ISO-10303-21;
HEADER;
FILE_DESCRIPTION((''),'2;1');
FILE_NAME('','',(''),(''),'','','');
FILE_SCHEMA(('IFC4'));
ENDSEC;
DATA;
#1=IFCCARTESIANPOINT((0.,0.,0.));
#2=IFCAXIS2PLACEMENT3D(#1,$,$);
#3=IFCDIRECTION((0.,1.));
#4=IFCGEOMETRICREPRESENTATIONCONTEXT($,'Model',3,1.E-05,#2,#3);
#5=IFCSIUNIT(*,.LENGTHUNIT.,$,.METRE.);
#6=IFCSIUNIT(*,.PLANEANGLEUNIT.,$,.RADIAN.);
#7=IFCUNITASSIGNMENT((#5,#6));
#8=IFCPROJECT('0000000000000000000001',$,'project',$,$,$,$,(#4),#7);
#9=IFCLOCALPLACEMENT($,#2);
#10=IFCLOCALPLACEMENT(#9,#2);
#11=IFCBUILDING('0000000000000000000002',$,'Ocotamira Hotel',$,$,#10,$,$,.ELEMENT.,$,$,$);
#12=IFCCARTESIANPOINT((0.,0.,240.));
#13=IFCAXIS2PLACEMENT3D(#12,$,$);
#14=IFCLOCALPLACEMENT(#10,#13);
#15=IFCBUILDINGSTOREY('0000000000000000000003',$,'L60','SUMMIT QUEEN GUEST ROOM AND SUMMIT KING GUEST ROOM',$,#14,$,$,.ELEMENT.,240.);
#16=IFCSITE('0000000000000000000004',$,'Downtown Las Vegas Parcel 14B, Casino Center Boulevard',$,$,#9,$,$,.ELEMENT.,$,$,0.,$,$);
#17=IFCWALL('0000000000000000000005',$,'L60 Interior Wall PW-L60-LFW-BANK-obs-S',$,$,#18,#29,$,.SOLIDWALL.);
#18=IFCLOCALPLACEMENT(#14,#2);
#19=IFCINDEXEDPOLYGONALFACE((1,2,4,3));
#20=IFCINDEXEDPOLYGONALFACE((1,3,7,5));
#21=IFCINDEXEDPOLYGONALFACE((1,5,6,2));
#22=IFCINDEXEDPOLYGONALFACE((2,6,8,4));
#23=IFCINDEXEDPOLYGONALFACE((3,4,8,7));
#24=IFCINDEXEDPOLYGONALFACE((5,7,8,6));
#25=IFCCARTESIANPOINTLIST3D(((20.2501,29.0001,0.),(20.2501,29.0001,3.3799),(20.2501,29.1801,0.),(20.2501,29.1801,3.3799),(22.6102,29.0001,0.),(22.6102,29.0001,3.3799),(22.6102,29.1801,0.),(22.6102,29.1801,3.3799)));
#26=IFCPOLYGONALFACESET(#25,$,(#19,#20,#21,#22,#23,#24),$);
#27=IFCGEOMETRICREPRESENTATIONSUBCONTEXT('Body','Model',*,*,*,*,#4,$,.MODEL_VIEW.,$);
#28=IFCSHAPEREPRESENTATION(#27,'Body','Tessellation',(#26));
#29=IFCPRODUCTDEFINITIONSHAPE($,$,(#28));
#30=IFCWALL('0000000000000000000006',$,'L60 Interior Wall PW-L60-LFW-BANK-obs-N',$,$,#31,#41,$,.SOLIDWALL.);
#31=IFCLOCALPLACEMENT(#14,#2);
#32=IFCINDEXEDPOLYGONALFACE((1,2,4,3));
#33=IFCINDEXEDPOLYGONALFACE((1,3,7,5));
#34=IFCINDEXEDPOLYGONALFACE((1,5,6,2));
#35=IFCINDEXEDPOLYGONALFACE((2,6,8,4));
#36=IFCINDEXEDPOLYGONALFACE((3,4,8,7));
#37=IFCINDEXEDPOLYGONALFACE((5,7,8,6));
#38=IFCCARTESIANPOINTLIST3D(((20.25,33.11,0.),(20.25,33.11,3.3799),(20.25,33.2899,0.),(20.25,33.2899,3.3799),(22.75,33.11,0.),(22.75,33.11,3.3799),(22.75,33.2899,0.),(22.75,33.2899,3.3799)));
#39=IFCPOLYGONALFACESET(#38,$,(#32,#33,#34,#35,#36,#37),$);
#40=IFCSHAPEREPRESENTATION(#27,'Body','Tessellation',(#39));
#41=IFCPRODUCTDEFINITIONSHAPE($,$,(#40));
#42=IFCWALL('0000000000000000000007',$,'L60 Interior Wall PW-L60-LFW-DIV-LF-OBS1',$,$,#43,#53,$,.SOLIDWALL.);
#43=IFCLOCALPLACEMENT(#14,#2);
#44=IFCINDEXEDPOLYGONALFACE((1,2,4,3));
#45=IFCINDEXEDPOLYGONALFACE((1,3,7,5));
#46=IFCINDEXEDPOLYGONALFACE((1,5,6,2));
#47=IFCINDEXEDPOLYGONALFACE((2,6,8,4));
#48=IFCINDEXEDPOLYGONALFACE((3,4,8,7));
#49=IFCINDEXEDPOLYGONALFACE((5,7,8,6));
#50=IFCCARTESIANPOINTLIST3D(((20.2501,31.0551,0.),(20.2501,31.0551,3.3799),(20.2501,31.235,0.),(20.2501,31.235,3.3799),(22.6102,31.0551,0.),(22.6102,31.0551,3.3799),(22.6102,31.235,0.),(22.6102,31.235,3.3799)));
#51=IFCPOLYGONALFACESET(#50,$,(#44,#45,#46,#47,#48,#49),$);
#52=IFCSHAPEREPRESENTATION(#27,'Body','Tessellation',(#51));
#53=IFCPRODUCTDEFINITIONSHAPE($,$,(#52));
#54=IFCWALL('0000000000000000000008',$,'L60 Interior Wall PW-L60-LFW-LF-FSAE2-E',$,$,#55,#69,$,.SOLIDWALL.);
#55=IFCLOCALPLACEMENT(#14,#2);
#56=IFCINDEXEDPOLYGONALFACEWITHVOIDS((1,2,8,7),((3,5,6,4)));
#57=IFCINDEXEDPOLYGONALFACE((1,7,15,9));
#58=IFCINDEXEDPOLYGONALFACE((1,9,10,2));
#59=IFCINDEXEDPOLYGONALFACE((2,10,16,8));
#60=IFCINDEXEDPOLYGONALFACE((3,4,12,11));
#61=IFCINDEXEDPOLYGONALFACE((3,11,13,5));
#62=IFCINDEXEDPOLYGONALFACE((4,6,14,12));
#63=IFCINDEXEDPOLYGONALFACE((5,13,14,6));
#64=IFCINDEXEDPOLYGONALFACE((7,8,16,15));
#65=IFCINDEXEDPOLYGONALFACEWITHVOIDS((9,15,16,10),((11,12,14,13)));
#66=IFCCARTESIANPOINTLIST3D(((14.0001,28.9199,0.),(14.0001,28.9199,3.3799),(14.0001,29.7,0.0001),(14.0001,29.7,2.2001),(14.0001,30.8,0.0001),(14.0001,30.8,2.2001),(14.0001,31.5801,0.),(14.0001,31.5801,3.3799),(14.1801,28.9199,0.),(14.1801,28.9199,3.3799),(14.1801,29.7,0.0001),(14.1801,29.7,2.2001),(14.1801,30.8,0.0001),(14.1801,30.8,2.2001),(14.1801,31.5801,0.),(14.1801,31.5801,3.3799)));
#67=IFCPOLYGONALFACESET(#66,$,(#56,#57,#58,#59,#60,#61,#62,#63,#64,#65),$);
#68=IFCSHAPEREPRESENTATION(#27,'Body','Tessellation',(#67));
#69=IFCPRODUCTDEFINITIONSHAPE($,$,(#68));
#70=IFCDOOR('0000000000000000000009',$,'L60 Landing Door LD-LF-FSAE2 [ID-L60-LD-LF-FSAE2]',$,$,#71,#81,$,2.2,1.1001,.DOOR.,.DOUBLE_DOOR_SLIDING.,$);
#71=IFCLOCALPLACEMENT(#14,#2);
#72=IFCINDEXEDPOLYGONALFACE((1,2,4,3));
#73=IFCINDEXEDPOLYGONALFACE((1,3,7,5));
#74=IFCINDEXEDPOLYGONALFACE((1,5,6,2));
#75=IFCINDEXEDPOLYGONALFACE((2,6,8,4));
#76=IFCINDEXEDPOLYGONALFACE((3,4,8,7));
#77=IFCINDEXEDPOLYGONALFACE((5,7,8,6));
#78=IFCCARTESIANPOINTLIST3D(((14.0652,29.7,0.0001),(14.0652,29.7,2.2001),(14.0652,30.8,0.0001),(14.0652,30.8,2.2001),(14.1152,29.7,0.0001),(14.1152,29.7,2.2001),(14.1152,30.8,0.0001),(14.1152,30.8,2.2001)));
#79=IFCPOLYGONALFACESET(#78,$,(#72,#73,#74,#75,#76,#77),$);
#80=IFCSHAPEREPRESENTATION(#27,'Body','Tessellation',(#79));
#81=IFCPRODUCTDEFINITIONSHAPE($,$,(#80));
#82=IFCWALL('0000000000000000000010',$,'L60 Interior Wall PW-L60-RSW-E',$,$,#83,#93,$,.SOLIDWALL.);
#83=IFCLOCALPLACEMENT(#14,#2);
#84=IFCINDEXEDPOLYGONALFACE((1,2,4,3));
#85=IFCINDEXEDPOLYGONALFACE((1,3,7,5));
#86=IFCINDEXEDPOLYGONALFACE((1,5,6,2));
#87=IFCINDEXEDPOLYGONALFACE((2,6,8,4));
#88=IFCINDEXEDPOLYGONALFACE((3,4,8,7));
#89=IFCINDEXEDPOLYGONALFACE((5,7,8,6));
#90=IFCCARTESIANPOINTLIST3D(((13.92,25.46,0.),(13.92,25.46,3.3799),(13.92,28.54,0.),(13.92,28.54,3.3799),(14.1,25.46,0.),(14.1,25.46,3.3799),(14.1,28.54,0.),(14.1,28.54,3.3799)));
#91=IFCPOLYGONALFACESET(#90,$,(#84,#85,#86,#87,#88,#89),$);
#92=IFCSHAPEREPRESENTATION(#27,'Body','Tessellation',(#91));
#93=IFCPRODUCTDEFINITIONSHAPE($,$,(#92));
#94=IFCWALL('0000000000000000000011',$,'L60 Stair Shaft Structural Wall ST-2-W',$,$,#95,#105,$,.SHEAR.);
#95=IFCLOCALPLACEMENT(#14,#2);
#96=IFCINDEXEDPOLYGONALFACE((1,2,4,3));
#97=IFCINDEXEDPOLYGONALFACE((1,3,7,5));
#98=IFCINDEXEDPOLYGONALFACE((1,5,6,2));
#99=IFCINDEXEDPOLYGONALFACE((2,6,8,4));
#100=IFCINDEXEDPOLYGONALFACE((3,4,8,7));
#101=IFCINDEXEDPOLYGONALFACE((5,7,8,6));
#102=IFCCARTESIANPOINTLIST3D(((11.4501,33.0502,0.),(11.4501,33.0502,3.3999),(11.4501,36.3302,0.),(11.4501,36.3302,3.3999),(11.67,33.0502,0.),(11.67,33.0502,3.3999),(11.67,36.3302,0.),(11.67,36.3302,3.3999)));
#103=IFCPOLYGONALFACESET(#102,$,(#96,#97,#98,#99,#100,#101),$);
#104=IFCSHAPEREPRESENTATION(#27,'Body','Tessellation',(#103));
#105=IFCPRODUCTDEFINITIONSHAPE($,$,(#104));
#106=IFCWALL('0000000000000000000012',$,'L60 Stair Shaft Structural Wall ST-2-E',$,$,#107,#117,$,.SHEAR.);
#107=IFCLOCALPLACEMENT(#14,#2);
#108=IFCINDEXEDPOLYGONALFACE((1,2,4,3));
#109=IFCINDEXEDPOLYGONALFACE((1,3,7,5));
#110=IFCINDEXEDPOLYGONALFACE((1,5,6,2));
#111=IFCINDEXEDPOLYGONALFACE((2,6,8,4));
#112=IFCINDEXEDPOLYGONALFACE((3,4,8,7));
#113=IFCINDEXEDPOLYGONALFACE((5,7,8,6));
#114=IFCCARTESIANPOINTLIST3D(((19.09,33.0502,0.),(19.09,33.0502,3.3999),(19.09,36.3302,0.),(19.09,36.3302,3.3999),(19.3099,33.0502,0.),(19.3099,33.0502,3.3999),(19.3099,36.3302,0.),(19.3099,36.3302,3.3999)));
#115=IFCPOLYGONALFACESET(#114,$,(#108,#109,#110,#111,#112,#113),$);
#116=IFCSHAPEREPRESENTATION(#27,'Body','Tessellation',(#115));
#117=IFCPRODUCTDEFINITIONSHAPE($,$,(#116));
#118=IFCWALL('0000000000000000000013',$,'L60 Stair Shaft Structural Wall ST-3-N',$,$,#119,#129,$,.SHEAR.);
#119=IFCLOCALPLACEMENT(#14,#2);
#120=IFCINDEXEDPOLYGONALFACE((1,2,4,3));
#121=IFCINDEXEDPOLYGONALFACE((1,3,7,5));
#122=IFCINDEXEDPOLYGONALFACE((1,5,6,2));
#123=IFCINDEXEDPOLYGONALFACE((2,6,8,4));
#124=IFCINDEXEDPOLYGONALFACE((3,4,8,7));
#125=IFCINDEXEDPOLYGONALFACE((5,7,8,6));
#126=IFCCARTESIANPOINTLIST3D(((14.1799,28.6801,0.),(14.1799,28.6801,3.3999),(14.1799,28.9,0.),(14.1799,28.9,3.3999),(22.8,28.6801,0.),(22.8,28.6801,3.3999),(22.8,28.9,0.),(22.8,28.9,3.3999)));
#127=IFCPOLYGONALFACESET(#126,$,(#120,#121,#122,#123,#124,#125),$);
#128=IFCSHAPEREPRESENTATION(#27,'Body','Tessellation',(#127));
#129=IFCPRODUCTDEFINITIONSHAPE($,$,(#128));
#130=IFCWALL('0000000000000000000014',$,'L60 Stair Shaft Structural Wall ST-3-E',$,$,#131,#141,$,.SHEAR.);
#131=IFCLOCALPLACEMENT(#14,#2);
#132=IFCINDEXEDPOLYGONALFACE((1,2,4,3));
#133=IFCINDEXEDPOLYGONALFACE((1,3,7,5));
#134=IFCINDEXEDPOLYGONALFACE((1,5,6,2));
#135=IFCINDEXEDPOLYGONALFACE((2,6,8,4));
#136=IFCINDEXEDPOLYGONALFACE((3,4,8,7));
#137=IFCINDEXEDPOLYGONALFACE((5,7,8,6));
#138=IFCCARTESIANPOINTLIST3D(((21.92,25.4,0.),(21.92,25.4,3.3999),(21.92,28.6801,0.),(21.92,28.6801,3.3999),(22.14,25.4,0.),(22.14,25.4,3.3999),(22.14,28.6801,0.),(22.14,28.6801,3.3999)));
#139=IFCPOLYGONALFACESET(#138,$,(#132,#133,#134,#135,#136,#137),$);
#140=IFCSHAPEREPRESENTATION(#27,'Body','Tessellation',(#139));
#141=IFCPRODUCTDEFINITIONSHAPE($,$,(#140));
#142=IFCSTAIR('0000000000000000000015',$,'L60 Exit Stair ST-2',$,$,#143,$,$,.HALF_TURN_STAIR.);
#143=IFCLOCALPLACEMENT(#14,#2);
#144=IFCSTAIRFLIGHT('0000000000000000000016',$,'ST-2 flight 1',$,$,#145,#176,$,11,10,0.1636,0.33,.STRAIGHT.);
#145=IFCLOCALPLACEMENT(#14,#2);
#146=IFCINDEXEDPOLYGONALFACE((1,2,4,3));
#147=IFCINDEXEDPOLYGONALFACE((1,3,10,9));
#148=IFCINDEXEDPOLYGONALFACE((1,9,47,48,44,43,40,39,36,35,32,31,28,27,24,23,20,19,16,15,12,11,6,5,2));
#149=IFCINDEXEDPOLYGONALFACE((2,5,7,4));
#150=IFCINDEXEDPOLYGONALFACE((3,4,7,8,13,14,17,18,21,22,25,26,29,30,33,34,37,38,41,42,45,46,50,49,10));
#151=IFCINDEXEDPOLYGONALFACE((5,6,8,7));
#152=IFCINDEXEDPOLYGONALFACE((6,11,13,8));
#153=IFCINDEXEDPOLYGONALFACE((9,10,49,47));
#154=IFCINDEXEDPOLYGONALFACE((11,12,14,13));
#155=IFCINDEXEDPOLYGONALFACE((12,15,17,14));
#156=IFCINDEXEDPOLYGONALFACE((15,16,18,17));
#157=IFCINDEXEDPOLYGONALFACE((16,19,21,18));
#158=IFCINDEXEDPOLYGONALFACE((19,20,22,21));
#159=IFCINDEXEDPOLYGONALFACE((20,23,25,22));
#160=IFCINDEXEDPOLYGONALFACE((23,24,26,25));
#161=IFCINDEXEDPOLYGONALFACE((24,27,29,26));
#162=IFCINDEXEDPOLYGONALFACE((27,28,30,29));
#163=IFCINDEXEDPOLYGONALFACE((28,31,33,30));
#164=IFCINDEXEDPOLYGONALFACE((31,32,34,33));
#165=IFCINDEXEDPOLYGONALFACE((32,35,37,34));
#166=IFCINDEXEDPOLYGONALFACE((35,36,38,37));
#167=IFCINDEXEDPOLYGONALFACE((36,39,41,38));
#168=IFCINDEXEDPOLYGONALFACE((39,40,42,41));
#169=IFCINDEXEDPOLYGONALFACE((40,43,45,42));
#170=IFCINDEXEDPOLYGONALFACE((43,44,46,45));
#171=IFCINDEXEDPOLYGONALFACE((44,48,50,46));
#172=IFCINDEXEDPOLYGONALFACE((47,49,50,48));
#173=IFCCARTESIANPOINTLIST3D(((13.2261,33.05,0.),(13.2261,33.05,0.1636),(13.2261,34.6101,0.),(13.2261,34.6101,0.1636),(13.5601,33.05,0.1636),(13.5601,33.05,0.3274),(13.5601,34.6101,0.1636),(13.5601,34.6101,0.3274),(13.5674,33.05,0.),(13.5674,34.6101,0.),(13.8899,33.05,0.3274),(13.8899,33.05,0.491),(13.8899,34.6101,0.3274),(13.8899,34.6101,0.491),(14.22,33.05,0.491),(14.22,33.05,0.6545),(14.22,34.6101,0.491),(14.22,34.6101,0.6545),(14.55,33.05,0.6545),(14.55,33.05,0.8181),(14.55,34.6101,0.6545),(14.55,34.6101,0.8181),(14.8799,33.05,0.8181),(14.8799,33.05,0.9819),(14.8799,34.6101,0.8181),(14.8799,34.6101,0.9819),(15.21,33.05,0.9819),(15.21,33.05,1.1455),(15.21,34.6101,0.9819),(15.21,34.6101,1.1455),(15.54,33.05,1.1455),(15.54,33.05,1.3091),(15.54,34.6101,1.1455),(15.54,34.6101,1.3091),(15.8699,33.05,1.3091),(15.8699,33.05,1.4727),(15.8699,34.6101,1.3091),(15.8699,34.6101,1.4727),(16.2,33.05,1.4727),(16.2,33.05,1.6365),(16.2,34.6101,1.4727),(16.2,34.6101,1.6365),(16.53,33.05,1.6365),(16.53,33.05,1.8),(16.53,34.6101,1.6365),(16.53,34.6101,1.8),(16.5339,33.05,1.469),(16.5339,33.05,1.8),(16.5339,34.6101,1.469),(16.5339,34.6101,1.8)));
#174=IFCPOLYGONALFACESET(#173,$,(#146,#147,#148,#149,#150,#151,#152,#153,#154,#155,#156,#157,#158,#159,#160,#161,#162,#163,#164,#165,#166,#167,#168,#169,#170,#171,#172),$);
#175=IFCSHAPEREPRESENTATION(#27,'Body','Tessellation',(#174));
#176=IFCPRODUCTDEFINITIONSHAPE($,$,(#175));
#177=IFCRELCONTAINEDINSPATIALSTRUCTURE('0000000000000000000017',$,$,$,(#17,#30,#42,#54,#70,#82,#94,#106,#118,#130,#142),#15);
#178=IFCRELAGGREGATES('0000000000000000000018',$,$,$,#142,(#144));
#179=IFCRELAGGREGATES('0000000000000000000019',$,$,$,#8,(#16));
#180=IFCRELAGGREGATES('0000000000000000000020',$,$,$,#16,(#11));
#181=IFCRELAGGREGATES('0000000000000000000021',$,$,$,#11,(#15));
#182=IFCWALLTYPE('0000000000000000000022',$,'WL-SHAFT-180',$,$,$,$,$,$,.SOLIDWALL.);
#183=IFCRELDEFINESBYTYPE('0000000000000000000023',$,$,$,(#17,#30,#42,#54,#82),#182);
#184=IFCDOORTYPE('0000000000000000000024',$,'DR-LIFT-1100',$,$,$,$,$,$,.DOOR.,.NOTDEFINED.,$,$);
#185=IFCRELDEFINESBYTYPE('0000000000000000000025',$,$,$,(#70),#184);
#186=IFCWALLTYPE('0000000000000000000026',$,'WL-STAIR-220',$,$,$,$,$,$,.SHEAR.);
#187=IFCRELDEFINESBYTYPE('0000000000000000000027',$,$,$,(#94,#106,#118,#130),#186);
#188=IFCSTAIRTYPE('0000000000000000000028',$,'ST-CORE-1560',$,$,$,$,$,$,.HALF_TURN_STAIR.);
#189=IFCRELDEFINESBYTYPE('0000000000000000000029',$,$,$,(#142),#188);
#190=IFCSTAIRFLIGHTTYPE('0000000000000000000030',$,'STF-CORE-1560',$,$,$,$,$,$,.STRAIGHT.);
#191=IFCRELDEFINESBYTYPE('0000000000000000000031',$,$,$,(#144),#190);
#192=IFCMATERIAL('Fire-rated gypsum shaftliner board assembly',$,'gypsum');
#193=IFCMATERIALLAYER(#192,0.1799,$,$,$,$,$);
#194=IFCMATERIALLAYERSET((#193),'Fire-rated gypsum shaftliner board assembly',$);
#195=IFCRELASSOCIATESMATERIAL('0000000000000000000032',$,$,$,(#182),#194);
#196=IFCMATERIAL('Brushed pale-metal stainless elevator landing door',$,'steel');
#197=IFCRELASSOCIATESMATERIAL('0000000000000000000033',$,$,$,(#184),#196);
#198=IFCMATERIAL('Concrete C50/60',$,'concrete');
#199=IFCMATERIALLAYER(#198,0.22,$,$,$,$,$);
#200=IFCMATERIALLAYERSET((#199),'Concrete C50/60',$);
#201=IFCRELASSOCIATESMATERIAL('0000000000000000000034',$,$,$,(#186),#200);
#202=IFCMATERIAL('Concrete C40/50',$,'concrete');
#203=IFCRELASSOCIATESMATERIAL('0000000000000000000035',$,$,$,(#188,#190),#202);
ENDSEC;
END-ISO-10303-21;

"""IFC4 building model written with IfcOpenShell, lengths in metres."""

from ifc_helpers import new_model, si_unit, direction, frame, frame_2d, origin, place, context, subcontext, project, spatial, polyline, rectangle, outline, extrude, source, transform, mapped, material, layer, layer_set, type_object, element, fill, aggregate, save


model = new_model("IFC4")

# Units and contexts
model_context = context("Model", 3, precision=1e-05, world=origin(), true_north=direction((0.0, 1.0)))
body_context = subcontext(model_context, "Body", "Model", "MODEL_VIEW")
ifc_project = project(units=[si_unit("LENGTHUNIT", "METRE"), si_unit("PLANEANGLEUNIT", "RADIAN")], contexts=[model_context])

# Site, building, storey
site_placement = place(None, origin())
site = spatial("IfcSite", under=ifc_project, at=site_placement, Name="Downtown Las Vegas Parcel 14B, Casino Center Boulevard", CompositionType="ELEMENT", RefElevation=0.0)
building_placement = place(site_placement, origin())
building = spatial("IfcBuilding", under=site, at=building_placement, Name="Ocotamira Hotel", CompositionType="ELEMENT")
storey_placement = place(building_placement, frame((0.0, 0.0, 240.0)))
storey = spatial("IfcBuildingStorey", under=building, at=storey_placement, Name="L60", Description="SUMMIT QUEEN GUEST ROOM AND SUMMIT KING GUEST ROOM", CompositionType="ELEMENT", Elevation=240.0)

# Walls
ifc_material_1 = material(Name="Fire-rated gypsum shaftliner board assembly", Category="gypsum")
ifc_layer_1 = layer(ifc_material_1, 0.1799)
ifc_layer_set_1 = layer_set([ifc_layer_1], Name="Fire-rated gypsum shaftliner board assembly")
wall_type_1 = type_object("IfcWallType", Name="WL-SHAFT-180", PredefinedType="SOLIDWALL", material=ifc_layer_set_1)
wall_1_placement = place(storey_placement, frame((20.25, 29.0901, 0.0), z_axis=(0.0, 0.0, 1.0), x_axis=(1.0, 0.0, 0.0)))
element("IfcWall", 1, at=wall_1_placement, inside=storey, type_object=wall_type_1, Name="L60 Interior Wall PW-L60-LFW-BANK-obs-S", PredefinedType="SOLIDWALL", context=body_context, shape_type="SweptSolid", body=[
    extrude(rectangle(XDim=2.3601, YDim=0.1799, at=frame_2d((1.1802, 0.0))), origin(), (0.0, 0.0, 1.0), 3.3799),
])
wall_2_placement = place(storey_placement, frame((20.25, 33.2, 0.0), z_axis=(0.0, 0.0, 1.0), x_axis=(1.0, 0.0, 0.0)))
element("IfcWall", 2, at=wall_2_placement, inside=storey, type_object=wall_type_1, Name="L60 Interior Wall PW-L60-LFW-BANK-obs-N", PredefinedType="SOLIDWALL", context=body_context, shape_type="SweptSolid", body=[
    extrude(rectangle(XDim=2.5, YDim=0.1799, at=frame_2d((1.25, 0.0))), origin(), (0.0, 0.0, 1.0), 3.3799),
])
wall_3_placement = place(storey_placement, frame((20.25, 31.145, 0.0), z_axis=(0.0, 0.0, 1.0), x_axis=(1.0, 0.0, 0.0)))
element("IfcWall", 3, at=wall_3_placement, inside=storey, type_object=wall_type_1, Name="L60 Interior Wall PW-L60-LFW-DIV-LF-OBS1", PredefinedType="SOLIDWALL", context=body_context, shape_type="SweptSolid", body=[
    extrude(rectangle(XDim=2.3601, YDim=0.1799, at=frame_2d((1.1802, 0.0))), origin(), (0.0, 0.0, 1.0), 3.3799),
])

# Wall, opening, door
wall_4_placement = place(storey_placement, frame((14.0901, 28.9199, 0.0), z_axis=(0.0, 0.0, 1.0), x_axis=(0.0, 1.0, 0.0)))
wall_4 = element("IfcWall", 4, at=wall_4_placement, inside=storey, type_object=wall_type_1, Name="L60 Interior Wall PW-L60-LFW-LF-FSAE2-E", PredefinedType="SOLIDWALL", context=body_context, shape_type="SweptSolid", body=[
    extrude(rectangle(XDim=2.6602, YDim=0.1799, at=frame_2d((1.3301, 0.0))), origin(), (0.0, 0.0, 1.0), 3.3799),
])
opening_1_placement = place(wall_4_placement, frame((0.78, 0.0, 0.0)))
opening_1 = element("IfcOpeningElement", 5, at=opening_1_placement, cuts=wall_4, PredefinedType="OPENING", context=body_context, shape_type="SweptSolid", body=[
    extrude(rectangle(XDim=1.1001, YDim=2.2, at=frame_2d((0.55, 1.1001))), frame((0.0, 0.1001, 0.0), z_axis=(0.0, -1.0, 0.0), x_axis=(1.0, 0.0, 0.0)), (0.0, 0.0, 1.0), 0.2),
])
ifc_material_2 = material(Name="Brushed pale-metal stainless elevator landing door", Category="steel")
door_type_1 = type_object("IfcDoorType", Name="DR-LIFT-1100", OperationType="NOTDEFINED", PredefinedType="DOOR", material=ifc_material_2)
shared_shape_1 = source(origin(), body_context, "Body", "SweptSolid", [
    extrude(rectangle(XDim=1.1001, YDim=2.2, at=frame_2d((0.55, 1.1001))), frame((0.0, 0.0249, 0.0), z_axis=(0.0, -1.0, 0.0), x_axis=(1.0, 0.0, 0.0)), (0.0, 0.0, 1.0), 0.05),
])
door_1_placement = place(opening_1_placement, origin())
door_1 = element("IfcDoor", 6, at=door_1_placement, inside=storey, type_object=door_type_1, Name="L60 Landing Door LD-LF-FSAE2 [ID-L60-LD-LF-FSAE2]", OperationType="DOUBLE_DOOR_SLIDING", OverallHeight=2.2, OverallWidth=1.1001, PredefinedType="DOOR", context=body_context, shape_type="MappedRepresentation", body=[
    mapped(shared_shape_1, transform((0.0, 0.0, 0.0), scale=1.0)),
])
fill(opening_1, door_1)

# Walls
wall_5_placement = place(storey_placement, frame((14.01, 25.46, 0.0), z_axis=(0.0, 0.0, 1.0), x_axis=(0.0, 1.0, 0.0)))
element("IfcWall", 7, at=wall_5_placement, inside=storey, type_object=wall_type_1, Name="L60 Interior Wall PW-L60-RSW-E", PredefinedType="SOLIDWALL", context=body_context, shape_type="SweptSolid", body=[
    extrude(rectangle(XDim=3.0801, YDim=0.1799, at=frame_2d((1.54, 0.0))), origin(), (0.0, 0.0, 1.0), 3.3799),
])
ifc_material_3 = material(Name="Concrete C50/60", Category="concrete")
ifc_layer_2 = layer(ifc_material_3, 0.22)
ifc_layer_set_2 = layer_set([ifc_layer_2], Name="Concrete C50/60")
wall_type_2 = type_object("IfcWallType", Name="WL-STAIR-220", PredefinedType="SHEAR", material=ifc_layer_set_2)
for number, where, z_axis, x_axis, name in (
    (8, (11.5601, 33.05, 0.0), (0.0, 0.0, 1.0), (0.0, 1.0, 0.0), "L60 Stair Shaft Structural Wall ST-2-W"),
    (9, (19.2, 33.05, 0.0), (0.0, 0.0, 1.0), (0.0, 1.0, 0.0), "L60 Stair Shaft Structural Wall ST-2-E"),
):
    element("IfcWall", number, at=place(storey_placement, frame(where, z_axis=z_axis, x_axis=x_axis)), inside=storey, type_object=wall_type_2, Name=name, PredefinedType="SHEAR", context=body_context, shape_type="SweptSolid", body=[
        extrude(rectangle(XDim=3.28, YDim=0.22, at=frame_2d((1.6401, 0.0))), origin(), (0.0, 0.0, 1.0), 3.3999),
    ])
wall_6_placement = place(storey_placement, frame((14.1799, 28.79, 0.0), z_axis=(0.0, 0.0, 1.0), x_axis=(1.0, 0.0, 0.0)))
element("IfcWall", 10, at=wall_6_placement, inside=storey, type_object=wall_type_2, Name="L60 Stair Shaft Structural Wall ST-3-N", PredefinedType="SHEAR", context=body_context, shape_type="SweptSolid", body=[
    extrude(rectangle(XDim=8.6201, YDim=0.22, at=frame_2d((4.3101, 0.0))), origin(), (0.0, 0.0, 1.0), 3.3999),
])
wall_7_placement = place(storey_placement, frame((22.03, 25.3999, 0.0), z_axis=(0.0, 0.0, 1.0), x_axis=(0.0, 1.0, 0.0)))
element("IfcWall", 11, at=wall_7_placement, inside=storey, type_object=wall_type_2, Name="L60 Stair Shaft Structural Wall ST-3-E", PredefinedType="SHEAR", context=body_context, shape_type="SweptSolid", body=[
    extrude(rectangle(XDim=3.28, YDim=0.22, at=frame_2d((1.6401, 0.0))), origin(), (0.0, 0.0, 1.0), 3.3999),
])

# Stair, stair flight
ifc_material_4 = material(Name="Concrete C40/50", Category="concrete")
stair_type = type_object("IfcStairType", Name="ST-CORE-1560", PredefinedType="HALF_TURN_STAIR", material=ifc_material_4)
stair_1_placement = place(storey_placement, origin())
stair_1 = element("IfcStair", 12, at=stair_1_placement, inside=storey, type_object=stair_type, Name="L60 Exit Stair ST-2", PredefinedType="HALF_TURN_STAIR")
stair_flight_type = type_object("IfcStairFlightType", Name="STF-CORE-1560", PredefinedType="STRAIGHT", material=ifc_material_4)
shared_shape_2 = source(origin(), body_context, "Body", "SweptSolid", [
    extrude(outline(polyline([(-0.0039, 0.0), (-0.0039, 0.1636), (0.3301, 0.1636), (0.3301, 0.3274), (0.6599, 0.3274), (0.6599, 0.491), (0.99, 0.491), (0.99, 0.6545), (1.3201, 0.6545), (1.3201, 0.8181), (1.6499, 0.8181), (1.6499, 0.9819), (1.98, 0.9819), (1.98, 1.1455), (2.3101, 1.1455), (2.3101, 1.3091), (2.6399, 1.3091), (2.6399, 1.4727), (2.97, 1.4727), (2.97, 1.6365), (3.3, 1.6365), (3.3, 1.8), (3.304, 1.8), (3.304, 1.469), (0.3374, 0.0), (-0.0039, 0.0)])), frame((0.0, 0.78, 0.0), z_axis=(0.0, -1.0, 0.0), x_axis=(1.0, 0.0, 0.0)), (0.0, 0.0, 1.0), 1.5601),
])
stair_flight_1_placement = place(storey_placement, frame((13.23, 33.8301, 0.0), z_axis=(0.0, 0.0, 1.0), x_axis=(1.0, 0.0, 0.0)))
stair_flight_1 = element("IfcStairFlight", 13, at=stair_flight_1_placement, type_object=stair_flight_type, Name="ST-2 flight 1", NumberOfRisers=11, NumberOfTreads=10, PredefinedType="STRAIGHT", RiserHeight=0.1636, TreadLength=0.33, context=body_context, shape_type="MappedRepresentation", body=[
    mapped(shared_shape_2, transform((0.0, 0.0, 0.0), scale=1.0)),
])
aggregate(stair_1, [stair_flight_1])

save(model, "model.ifc")
